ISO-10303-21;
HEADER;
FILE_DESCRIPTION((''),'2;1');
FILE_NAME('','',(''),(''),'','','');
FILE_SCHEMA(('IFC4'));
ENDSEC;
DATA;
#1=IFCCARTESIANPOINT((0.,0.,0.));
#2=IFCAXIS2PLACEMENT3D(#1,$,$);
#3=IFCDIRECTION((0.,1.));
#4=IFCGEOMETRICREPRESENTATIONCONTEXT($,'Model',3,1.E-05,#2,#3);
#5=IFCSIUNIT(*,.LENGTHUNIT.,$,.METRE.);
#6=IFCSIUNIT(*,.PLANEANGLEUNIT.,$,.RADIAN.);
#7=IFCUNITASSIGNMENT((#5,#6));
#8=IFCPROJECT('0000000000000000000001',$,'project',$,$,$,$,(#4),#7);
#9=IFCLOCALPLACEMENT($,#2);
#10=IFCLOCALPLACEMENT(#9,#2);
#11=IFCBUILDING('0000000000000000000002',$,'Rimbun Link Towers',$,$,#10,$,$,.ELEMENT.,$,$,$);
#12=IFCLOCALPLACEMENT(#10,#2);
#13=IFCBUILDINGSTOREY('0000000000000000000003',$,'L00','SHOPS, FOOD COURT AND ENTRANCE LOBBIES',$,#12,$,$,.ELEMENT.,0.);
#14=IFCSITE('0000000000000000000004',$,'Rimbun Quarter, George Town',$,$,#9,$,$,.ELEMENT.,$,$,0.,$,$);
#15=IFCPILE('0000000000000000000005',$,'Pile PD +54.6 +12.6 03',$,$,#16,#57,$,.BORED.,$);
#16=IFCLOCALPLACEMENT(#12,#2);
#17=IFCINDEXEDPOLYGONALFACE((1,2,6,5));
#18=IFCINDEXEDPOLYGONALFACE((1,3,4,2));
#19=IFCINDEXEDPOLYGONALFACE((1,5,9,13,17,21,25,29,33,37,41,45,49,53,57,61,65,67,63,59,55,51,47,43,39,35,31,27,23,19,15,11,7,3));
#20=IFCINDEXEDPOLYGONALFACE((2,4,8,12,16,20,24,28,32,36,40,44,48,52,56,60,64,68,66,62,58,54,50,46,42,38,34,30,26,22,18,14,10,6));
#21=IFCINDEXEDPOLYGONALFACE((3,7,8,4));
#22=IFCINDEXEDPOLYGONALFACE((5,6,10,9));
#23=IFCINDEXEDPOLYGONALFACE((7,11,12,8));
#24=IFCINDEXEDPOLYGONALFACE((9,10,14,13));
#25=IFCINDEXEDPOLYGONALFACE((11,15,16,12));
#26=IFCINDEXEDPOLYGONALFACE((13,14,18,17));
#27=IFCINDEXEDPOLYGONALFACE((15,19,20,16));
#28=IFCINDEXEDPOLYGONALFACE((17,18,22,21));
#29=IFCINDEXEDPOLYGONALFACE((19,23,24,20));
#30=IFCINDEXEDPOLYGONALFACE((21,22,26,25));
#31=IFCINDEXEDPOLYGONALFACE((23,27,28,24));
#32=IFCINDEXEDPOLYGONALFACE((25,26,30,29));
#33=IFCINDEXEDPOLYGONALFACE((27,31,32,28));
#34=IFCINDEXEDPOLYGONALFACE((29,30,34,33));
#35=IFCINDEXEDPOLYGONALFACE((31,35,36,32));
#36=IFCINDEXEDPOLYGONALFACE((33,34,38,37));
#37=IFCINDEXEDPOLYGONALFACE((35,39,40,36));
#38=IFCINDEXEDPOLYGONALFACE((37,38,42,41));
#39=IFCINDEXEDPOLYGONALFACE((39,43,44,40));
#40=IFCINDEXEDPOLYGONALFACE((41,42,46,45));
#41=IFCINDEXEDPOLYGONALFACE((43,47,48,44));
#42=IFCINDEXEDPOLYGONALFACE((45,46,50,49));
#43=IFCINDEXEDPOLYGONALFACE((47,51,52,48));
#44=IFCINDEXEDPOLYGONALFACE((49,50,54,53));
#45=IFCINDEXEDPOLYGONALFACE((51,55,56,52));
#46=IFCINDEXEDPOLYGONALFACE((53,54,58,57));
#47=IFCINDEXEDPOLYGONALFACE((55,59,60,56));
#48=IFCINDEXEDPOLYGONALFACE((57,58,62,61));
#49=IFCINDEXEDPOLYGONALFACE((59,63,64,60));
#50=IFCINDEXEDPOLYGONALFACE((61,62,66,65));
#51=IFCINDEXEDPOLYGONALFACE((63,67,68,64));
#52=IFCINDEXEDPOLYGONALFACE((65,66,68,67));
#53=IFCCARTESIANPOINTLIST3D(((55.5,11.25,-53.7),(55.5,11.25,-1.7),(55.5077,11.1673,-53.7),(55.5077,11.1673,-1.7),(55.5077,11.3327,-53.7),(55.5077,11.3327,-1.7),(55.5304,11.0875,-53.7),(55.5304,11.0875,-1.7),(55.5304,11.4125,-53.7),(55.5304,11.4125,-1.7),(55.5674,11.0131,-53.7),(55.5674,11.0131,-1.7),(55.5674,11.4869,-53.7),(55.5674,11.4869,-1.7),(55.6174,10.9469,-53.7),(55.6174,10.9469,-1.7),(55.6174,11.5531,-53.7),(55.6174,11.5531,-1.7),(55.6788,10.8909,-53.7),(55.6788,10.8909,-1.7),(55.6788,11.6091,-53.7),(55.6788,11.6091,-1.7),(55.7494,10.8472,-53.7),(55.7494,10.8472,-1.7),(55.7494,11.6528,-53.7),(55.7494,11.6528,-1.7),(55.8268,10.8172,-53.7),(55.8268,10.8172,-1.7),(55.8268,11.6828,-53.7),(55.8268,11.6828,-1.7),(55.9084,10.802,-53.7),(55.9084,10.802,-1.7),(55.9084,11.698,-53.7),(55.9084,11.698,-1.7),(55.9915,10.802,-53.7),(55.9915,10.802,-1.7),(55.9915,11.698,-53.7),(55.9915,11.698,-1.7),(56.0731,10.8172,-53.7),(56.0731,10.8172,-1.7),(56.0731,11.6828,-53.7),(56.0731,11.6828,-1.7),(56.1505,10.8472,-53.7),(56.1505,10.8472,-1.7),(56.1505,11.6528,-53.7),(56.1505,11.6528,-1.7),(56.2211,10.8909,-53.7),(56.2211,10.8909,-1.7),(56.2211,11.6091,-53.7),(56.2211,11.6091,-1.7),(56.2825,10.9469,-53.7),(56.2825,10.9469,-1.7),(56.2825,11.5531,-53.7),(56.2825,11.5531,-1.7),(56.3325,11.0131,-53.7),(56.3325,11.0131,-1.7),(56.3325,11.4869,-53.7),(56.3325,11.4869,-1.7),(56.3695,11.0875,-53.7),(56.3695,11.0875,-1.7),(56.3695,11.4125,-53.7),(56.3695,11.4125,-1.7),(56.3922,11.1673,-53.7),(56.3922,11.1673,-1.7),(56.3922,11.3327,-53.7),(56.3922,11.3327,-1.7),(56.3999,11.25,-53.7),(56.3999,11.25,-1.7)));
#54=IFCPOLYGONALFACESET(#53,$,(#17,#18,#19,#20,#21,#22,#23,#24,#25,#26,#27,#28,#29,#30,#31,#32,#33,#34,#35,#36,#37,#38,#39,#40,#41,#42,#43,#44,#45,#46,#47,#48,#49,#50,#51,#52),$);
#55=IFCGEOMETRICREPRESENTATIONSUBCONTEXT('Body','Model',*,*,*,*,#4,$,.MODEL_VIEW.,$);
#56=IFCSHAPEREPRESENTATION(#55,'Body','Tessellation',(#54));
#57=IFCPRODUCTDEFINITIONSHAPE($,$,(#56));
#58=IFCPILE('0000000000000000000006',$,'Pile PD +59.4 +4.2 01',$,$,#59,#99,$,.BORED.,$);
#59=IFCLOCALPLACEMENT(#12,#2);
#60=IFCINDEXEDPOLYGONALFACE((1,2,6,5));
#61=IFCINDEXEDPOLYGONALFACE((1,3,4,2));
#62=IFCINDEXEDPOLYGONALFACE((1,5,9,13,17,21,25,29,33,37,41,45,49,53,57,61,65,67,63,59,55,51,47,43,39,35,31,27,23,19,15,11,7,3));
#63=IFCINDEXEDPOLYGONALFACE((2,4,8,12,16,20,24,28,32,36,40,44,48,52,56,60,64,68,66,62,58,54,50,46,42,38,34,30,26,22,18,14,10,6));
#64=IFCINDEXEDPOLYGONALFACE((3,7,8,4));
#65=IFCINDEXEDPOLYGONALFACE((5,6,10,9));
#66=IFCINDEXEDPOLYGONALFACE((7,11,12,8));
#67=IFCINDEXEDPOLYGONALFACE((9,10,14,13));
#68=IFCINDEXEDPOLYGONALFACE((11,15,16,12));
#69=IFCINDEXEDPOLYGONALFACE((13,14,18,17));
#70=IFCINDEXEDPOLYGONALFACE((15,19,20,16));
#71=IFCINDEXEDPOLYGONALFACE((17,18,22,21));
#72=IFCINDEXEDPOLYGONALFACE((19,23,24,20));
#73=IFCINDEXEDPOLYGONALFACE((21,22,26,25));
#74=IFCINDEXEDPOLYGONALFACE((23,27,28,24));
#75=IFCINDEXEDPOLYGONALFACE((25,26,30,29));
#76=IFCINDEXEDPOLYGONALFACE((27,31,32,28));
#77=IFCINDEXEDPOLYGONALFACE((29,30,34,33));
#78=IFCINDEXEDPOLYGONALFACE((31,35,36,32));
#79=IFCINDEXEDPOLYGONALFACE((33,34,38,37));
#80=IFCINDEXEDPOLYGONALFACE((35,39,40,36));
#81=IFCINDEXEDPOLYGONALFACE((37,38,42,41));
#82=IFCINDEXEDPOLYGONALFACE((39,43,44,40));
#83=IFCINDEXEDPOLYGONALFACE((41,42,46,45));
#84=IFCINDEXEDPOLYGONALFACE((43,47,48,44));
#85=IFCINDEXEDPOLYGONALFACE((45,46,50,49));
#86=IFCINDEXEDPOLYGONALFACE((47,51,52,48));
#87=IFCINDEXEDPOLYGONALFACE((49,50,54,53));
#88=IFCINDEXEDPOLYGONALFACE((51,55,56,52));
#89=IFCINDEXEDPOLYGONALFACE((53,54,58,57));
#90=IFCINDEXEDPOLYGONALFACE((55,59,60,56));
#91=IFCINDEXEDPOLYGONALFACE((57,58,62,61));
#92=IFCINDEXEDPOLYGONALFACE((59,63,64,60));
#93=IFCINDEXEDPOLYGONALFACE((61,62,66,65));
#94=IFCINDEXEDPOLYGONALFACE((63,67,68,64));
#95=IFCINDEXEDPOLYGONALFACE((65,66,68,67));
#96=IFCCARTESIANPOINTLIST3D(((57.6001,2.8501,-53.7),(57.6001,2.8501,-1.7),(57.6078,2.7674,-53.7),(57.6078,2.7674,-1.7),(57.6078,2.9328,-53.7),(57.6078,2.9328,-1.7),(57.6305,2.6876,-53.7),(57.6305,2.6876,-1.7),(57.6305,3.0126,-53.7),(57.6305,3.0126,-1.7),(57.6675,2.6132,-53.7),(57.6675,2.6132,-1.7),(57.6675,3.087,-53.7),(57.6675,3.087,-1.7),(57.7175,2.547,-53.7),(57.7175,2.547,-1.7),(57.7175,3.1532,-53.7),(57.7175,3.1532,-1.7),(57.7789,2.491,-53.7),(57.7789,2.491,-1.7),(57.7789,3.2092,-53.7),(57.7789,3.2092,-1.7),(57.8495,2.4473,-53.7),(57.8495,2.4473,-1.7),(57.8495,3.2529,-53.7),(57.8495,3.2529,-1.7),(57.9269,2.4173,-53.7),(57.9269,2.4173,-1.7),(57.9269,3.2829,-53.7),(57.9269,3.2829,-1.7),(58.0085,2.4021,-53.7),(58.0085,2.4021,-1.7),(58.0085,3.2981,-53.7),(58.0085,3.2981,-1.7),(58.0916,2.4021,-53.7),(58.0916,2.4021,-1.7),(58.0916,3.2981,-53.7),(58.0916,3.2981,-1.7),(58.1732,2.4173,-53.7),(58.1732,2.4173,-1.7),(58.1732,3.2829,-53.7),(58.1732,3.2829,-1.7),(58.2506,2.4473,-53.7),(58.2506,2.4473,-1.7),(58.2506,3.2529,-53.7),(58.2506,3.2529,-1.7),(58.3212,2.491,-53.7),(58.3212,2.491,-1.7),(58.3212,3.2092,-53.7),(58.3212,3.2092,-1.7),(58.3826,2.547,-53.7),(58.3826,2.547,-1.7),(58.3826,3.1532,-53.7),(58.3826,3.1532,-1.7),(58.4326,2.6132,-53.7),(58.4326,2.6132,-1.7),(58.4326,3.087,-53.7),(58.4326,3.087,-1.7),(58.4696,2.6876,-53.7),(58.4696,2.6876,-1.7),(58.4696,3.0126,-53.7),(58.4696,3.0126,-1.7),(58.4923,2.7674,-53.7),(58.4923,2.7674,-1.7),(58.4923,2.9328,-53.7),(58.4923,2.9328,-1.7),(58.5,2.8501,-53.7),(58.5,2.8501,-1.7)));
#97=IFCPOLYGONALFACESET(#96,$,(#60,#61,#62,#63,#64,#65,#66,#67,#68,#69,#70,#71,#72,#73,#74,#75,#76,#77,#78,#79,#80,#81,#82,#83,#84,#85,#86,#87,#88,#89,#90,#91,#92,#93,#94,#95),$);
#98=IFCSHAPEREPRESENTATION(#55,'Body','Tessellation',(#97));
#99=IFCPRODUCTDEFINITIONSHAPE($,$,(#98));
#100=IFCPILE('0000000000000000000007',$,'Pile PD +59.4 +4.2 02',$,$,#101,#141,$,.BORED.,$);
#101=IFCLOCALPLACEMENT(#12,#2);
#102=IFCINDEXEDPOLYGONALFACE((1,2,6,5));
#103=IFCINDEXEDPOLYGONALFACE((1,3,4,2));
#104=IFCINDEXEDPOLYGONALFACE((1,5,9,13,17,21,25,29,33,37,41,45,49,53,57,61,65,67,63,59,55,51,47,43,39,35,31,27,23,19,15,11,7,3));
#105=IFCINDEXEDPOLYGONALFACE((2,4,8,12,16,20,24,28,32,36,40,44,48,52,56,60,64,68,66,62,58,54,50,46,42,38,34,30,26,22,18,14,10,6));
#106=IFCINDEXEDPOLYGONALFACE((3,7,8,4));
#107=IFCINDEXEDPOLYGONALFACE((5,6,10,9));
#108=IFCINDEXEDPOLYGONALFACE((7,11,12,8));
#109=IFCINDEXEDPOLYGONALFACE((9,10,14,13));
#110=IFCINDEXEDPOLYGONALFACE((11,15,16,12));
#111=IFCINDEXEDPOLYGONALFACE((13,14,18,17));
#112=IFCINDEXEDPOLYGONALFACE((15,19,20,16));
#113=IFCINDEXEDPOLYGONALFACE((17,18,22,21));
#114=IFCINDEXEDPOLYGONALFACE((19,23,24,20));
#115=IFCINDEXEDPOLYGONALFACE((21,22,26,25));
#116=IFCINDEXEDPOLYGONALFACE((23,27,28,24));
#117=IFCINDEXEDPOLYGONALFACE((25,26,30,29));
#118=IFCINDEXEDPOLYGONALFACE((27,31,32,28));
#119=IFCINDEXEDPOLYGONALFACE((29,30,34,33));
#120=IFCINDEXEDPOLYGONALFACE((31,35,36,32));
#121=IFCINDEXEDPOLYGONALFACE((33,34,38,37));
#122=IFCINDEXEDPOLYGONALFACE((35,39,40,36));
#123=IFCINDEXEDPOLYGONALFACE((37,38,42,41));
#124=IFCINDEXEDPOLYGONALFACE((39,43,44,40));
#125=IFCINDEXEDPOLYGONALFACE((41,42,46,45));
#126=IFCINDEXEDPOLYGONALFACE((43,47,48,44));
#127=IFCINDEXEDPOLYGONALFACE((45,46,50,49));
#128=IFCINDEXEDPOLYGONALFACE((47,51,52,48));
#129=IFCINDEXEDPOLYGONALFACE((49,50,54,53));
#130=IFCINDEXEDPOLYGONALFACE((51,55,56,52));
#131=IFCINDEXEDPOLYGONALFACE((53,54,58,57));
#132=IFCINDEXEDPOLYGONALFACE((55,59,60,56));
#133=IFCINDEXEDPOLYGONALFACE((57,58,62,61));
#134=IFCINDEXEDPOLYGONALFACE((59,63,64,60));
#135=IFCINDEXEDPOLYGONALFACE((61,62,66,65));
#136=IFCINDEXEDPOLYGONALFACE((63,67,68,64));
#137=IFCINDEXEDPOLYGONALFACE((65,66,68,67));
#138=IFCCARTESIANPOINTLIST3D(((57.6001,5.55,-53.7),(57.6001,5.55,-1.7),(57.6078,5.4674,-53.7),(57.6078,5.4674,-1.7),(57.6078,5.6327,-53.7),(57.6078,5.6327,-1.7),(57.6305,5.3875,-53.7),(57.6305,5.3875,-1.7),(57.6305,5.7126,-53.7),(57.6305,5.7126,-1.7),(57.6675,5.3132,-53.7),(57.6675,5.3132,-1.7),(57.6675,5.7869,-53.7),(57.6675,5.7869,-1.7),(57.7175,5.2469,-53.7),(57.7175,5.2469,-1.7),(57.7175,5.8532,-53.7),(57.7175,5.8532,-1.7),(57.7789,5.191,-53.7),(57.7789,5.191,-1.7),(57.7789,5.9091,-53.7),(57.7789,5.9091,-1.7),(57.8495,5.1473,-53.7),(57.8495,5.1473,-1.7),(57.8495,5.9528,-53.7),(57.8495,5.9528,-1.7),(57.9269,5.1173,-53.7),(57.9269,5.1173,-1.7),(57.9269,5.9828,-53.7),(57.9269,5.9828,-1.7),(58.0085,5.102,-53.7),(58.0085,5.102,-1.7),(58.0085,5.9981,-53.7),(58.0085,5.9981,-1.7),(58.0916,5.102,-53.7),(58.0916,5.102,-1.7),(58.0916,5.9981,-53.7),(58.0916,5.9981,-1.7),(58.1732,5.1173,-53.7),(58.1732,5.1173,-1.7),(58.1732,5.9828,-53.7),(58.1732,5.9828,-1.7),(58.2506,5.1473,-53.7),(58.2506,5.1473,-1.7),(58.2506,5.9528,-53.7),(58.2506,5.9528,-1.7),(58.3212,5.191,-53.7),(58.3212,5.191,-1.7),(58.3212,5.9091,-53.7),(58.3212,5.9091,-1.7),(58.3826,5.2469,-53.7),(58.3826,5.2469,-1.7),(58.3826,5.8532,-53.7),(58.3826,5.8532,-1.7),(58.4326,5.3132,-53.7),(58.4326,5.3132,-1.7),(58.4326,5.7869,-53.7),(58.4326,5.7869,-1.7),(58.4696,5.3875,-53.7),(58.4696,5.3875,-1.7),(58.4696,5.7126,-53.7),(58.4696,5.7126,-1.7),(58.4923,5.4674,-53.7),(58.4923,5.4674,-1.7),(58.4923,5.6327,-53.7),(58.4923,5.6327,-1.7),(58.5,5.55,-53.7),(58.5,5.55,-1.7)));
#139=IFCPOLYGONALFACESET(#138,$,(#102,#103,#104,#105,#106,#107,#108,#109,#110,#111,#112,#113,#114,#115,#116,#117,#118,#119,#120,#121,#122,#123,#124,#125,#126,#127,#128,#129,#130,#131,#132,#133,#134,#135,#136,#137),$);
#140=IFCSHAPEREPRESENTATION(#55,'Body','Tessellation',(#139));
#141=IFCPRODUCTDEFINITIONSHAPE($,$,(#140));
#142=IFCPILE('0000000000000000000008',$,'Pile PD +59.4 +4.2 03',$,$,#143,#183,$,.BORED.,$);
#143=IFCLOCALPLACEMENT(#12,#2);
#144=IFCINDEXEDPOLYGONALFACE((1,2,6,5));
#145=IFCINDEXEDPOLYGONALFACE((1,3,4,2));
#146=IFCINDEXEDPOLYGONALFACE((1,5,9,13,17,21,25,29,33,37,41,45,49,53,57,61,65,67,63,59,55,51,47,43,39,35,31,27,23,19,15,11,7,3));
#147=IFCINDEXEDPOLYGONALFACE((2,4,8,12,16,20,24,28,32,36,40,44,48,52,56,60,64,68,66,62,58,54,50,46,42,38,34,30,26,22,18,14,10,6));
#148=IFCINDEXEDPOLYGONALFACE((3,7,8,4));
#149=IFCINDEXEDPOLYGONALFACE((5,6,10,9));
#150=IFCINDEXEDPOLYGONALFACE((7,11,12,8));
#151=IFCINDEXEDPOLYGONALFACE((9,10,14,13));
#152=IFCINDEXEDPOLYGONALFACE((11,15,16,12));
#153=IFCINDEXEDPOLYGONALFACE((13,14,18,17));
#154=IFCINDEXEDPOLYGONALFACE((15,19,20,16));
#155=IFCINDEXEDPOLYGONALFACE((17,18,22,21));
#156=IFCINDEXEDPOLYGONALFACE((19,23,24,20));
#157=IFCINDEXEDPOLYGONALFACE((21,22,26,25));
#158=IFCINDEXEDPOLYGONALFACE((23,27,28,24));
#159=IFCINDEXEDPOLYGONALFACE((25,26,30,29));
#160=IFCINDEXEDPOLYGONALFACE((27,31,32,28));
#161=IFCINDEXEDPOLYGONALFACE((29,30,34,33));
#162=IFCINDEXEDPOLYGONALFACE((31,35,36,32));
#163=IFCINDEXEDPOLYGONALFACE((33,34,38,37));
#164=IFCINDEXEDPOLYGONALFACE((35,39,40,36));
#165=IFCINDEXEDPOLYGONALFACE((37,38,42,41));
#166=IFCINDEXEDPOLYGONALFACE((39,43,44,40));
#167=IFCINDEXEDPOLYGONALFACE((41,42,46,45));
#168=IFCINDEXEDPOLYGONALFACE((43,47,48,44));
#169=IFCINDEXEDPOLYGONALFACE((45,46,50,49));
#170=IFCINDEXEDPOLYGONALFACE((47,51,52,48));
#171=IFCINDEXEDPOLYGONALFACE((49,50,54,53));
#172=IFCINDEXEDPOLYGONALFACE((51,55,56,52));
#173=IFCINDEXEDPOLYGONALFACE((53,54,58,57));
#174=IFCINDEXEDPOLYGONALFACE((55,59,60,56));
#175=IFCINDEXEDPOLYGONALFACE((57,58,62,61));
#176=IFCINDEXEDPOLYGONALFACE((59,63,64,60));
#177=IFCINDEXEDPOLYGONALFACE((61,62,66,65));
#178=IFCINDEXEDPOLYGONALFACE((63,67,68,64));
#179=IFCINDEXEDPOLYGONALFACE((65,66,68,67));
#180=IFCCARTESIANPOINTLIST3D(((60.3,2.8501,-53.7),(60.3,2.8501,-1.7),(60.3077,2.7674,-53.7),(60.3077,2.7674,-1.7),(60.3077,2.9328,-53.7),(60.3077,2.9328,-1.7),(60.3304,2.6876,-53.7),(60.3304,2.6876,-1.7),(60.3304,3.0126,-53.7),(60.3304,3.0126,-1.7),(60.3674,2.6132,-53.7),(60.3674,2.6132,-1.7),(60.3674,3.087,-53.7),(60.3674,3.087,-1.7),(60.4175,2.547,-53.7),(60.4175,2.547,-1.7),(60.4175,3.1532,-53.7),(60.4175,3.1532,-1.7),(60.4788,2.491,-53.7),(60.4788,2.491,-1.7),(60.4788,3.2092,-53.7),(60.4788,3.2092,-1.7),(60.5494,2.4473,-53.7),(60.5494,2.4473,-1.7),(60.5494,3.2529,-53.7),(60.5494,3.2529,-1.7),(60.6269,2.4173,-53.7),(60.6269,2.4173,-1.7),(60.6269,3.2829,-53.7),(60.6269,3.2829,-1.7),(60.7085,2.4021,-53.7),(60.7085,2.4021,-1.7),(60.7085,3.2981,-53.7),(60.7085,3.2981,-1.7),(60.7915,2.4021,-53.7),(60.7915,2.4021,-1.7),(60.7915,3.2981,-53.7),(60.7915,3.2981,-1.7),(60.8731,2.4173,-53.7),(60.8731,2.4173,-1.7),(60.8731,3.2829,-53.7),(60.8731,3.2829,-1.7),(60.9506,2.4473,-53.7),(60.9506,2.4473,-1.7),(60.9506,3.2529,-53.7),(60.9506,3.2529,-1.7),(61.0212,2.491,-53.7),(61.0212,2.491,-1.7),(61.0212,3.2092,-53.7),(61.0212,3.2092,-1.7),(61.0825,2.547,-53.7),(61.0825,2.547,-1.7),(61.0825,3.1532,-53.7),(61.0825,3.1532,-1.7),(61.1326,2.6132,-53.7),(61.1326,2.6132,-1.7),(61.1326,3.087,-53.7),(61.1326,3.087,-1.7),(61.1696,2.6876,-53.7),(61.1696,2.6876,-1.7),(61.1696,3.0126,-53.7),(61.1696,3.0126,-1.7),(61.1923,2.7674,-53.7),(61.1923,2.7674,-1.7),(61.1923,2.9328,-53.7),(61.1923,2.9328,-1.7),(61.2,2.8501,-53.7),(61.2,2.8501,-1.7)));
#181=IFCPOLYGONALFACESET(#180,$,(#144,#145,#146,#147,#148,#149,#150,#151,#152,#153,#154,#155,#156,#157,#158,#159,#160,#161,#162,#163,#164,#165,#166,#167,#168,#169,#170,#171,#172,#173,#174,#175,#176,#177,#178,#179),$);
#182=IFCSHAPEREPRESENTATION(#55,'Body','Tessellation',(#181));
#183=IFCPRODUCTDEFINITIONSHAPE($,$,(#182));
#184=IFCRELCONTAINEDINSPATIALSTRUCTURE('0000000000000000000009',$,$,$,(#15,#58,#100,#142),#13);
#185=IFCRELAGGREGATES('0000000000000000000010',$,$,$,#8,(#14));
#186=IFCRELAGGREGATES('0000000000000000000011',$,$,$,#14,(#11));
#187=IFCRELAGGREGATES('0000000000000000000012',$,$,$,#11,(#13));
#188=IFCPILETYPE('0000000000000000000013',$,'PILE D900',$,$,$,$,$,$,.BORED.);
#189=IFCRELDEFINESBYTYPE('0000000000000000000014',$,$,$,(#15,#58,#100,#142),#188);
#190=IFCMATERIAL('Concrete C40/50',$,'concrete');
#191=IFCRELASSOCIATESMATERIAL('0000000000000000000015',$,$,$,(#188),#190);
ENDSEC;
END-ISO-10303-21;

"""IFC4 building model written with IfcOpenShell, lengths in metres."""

from ifc_helpers import new_model, si_unit, direction, frame, origin, origin_2d, place, context, subcontext, project, spatial, circle, extrude, material, material_profile, profile_set, type_object, element, save


model = new_model("IFC4")

# Units and contexts
model_context = context("Model", 3, precision=1e-05, world=origin(), true_north=direction((0.0, 1.0)))
body_context = subcontext(model_context, "Body", "Model", "MODEL_VIEW")
ifc_project = project(units=[si_unit("LENGTHUNIT", "METRE"), si_unit("PLANEANGLEUNIT", "RADIAN")], contexts=[model_context])

# Site, building, storey
site_placement = place(None, origin())
site = spatial("IfcSite", under=ifc_project, at=site_placement, Name="Rimbun Quarter, George Town", CompositionType="ELEMENT", RefElevation=0.0)
building_placement = place(site_placement, origin())
building = spatial("IfcBuilding", under=site, at=building_placement, Name="Rimbun Link Towers", CompositionType="ELEMENT")
storey_placement = place(building_placement, origin())
storey = spatial("IfcBuildingStorey", under=building, at=storey_placement, Name="L00", Description="SHOPS, FOOD COURT AND ENTRANCE LOBBIES", CompositionType="ELEMENT", Elevation=0.0)

# Piles
ifc_material_1 = material(Name="Concrete C40/50", Category="concrete")
ifc_material_profile_1 = material_profile(ifc_material_1, circle(Radius=0.45, at=origin_2d()), Name="PILE D900")
ifc_profile_set_1 = profile_set([ifc_material_profile_1], Name="Concrete C40/50")
pile_type = type_object("IfcPileType", Name="PILE D900", PredefinedType="BORED", material=ifc_profile_set_1)
for number, where, z_axis, x_axis, name in (
    (1, (55.95, 11.25, -1.7), (0.0, 0.0, -1.0), (1.0, 0.0, 0.0), "Pile PD +54.6 +12.6 03"),
    (2, (58.05, 2.8501, -1.7), (0.0, 0.0, -1.0), (1.0, 0.0, 0.0), "Pile PD +59.4 +4.2 01"),
    (3, (58.05, 5.55, -1.7), (0.0, 0.0, -1.0), (1.0, 0.0, 0.0), "Pile PD +59.4 +4.2 02"),
    (4, (60.75, 2.8501, -1.7), (0.0, 0.0, -1.0), (1.0, 0.0, 0.0), "Pile PD +59.4 +4.2 03"),
):
    element("IfcPile", number, at=place(storey_placement, frame(where, z_axis=z_axis, x_axis=x_axis)), inside=storey, type_object=pile_type, Name=name, PredefinedType="BORED", context=body_context, shape_type="SweptSolid", body=[
        extrude(circle(Radius=0.45, at=origin_2d()), origin(), (0.0, 0.0, 1.0), 52.0),
    ])

save(model, "model.ifc")
